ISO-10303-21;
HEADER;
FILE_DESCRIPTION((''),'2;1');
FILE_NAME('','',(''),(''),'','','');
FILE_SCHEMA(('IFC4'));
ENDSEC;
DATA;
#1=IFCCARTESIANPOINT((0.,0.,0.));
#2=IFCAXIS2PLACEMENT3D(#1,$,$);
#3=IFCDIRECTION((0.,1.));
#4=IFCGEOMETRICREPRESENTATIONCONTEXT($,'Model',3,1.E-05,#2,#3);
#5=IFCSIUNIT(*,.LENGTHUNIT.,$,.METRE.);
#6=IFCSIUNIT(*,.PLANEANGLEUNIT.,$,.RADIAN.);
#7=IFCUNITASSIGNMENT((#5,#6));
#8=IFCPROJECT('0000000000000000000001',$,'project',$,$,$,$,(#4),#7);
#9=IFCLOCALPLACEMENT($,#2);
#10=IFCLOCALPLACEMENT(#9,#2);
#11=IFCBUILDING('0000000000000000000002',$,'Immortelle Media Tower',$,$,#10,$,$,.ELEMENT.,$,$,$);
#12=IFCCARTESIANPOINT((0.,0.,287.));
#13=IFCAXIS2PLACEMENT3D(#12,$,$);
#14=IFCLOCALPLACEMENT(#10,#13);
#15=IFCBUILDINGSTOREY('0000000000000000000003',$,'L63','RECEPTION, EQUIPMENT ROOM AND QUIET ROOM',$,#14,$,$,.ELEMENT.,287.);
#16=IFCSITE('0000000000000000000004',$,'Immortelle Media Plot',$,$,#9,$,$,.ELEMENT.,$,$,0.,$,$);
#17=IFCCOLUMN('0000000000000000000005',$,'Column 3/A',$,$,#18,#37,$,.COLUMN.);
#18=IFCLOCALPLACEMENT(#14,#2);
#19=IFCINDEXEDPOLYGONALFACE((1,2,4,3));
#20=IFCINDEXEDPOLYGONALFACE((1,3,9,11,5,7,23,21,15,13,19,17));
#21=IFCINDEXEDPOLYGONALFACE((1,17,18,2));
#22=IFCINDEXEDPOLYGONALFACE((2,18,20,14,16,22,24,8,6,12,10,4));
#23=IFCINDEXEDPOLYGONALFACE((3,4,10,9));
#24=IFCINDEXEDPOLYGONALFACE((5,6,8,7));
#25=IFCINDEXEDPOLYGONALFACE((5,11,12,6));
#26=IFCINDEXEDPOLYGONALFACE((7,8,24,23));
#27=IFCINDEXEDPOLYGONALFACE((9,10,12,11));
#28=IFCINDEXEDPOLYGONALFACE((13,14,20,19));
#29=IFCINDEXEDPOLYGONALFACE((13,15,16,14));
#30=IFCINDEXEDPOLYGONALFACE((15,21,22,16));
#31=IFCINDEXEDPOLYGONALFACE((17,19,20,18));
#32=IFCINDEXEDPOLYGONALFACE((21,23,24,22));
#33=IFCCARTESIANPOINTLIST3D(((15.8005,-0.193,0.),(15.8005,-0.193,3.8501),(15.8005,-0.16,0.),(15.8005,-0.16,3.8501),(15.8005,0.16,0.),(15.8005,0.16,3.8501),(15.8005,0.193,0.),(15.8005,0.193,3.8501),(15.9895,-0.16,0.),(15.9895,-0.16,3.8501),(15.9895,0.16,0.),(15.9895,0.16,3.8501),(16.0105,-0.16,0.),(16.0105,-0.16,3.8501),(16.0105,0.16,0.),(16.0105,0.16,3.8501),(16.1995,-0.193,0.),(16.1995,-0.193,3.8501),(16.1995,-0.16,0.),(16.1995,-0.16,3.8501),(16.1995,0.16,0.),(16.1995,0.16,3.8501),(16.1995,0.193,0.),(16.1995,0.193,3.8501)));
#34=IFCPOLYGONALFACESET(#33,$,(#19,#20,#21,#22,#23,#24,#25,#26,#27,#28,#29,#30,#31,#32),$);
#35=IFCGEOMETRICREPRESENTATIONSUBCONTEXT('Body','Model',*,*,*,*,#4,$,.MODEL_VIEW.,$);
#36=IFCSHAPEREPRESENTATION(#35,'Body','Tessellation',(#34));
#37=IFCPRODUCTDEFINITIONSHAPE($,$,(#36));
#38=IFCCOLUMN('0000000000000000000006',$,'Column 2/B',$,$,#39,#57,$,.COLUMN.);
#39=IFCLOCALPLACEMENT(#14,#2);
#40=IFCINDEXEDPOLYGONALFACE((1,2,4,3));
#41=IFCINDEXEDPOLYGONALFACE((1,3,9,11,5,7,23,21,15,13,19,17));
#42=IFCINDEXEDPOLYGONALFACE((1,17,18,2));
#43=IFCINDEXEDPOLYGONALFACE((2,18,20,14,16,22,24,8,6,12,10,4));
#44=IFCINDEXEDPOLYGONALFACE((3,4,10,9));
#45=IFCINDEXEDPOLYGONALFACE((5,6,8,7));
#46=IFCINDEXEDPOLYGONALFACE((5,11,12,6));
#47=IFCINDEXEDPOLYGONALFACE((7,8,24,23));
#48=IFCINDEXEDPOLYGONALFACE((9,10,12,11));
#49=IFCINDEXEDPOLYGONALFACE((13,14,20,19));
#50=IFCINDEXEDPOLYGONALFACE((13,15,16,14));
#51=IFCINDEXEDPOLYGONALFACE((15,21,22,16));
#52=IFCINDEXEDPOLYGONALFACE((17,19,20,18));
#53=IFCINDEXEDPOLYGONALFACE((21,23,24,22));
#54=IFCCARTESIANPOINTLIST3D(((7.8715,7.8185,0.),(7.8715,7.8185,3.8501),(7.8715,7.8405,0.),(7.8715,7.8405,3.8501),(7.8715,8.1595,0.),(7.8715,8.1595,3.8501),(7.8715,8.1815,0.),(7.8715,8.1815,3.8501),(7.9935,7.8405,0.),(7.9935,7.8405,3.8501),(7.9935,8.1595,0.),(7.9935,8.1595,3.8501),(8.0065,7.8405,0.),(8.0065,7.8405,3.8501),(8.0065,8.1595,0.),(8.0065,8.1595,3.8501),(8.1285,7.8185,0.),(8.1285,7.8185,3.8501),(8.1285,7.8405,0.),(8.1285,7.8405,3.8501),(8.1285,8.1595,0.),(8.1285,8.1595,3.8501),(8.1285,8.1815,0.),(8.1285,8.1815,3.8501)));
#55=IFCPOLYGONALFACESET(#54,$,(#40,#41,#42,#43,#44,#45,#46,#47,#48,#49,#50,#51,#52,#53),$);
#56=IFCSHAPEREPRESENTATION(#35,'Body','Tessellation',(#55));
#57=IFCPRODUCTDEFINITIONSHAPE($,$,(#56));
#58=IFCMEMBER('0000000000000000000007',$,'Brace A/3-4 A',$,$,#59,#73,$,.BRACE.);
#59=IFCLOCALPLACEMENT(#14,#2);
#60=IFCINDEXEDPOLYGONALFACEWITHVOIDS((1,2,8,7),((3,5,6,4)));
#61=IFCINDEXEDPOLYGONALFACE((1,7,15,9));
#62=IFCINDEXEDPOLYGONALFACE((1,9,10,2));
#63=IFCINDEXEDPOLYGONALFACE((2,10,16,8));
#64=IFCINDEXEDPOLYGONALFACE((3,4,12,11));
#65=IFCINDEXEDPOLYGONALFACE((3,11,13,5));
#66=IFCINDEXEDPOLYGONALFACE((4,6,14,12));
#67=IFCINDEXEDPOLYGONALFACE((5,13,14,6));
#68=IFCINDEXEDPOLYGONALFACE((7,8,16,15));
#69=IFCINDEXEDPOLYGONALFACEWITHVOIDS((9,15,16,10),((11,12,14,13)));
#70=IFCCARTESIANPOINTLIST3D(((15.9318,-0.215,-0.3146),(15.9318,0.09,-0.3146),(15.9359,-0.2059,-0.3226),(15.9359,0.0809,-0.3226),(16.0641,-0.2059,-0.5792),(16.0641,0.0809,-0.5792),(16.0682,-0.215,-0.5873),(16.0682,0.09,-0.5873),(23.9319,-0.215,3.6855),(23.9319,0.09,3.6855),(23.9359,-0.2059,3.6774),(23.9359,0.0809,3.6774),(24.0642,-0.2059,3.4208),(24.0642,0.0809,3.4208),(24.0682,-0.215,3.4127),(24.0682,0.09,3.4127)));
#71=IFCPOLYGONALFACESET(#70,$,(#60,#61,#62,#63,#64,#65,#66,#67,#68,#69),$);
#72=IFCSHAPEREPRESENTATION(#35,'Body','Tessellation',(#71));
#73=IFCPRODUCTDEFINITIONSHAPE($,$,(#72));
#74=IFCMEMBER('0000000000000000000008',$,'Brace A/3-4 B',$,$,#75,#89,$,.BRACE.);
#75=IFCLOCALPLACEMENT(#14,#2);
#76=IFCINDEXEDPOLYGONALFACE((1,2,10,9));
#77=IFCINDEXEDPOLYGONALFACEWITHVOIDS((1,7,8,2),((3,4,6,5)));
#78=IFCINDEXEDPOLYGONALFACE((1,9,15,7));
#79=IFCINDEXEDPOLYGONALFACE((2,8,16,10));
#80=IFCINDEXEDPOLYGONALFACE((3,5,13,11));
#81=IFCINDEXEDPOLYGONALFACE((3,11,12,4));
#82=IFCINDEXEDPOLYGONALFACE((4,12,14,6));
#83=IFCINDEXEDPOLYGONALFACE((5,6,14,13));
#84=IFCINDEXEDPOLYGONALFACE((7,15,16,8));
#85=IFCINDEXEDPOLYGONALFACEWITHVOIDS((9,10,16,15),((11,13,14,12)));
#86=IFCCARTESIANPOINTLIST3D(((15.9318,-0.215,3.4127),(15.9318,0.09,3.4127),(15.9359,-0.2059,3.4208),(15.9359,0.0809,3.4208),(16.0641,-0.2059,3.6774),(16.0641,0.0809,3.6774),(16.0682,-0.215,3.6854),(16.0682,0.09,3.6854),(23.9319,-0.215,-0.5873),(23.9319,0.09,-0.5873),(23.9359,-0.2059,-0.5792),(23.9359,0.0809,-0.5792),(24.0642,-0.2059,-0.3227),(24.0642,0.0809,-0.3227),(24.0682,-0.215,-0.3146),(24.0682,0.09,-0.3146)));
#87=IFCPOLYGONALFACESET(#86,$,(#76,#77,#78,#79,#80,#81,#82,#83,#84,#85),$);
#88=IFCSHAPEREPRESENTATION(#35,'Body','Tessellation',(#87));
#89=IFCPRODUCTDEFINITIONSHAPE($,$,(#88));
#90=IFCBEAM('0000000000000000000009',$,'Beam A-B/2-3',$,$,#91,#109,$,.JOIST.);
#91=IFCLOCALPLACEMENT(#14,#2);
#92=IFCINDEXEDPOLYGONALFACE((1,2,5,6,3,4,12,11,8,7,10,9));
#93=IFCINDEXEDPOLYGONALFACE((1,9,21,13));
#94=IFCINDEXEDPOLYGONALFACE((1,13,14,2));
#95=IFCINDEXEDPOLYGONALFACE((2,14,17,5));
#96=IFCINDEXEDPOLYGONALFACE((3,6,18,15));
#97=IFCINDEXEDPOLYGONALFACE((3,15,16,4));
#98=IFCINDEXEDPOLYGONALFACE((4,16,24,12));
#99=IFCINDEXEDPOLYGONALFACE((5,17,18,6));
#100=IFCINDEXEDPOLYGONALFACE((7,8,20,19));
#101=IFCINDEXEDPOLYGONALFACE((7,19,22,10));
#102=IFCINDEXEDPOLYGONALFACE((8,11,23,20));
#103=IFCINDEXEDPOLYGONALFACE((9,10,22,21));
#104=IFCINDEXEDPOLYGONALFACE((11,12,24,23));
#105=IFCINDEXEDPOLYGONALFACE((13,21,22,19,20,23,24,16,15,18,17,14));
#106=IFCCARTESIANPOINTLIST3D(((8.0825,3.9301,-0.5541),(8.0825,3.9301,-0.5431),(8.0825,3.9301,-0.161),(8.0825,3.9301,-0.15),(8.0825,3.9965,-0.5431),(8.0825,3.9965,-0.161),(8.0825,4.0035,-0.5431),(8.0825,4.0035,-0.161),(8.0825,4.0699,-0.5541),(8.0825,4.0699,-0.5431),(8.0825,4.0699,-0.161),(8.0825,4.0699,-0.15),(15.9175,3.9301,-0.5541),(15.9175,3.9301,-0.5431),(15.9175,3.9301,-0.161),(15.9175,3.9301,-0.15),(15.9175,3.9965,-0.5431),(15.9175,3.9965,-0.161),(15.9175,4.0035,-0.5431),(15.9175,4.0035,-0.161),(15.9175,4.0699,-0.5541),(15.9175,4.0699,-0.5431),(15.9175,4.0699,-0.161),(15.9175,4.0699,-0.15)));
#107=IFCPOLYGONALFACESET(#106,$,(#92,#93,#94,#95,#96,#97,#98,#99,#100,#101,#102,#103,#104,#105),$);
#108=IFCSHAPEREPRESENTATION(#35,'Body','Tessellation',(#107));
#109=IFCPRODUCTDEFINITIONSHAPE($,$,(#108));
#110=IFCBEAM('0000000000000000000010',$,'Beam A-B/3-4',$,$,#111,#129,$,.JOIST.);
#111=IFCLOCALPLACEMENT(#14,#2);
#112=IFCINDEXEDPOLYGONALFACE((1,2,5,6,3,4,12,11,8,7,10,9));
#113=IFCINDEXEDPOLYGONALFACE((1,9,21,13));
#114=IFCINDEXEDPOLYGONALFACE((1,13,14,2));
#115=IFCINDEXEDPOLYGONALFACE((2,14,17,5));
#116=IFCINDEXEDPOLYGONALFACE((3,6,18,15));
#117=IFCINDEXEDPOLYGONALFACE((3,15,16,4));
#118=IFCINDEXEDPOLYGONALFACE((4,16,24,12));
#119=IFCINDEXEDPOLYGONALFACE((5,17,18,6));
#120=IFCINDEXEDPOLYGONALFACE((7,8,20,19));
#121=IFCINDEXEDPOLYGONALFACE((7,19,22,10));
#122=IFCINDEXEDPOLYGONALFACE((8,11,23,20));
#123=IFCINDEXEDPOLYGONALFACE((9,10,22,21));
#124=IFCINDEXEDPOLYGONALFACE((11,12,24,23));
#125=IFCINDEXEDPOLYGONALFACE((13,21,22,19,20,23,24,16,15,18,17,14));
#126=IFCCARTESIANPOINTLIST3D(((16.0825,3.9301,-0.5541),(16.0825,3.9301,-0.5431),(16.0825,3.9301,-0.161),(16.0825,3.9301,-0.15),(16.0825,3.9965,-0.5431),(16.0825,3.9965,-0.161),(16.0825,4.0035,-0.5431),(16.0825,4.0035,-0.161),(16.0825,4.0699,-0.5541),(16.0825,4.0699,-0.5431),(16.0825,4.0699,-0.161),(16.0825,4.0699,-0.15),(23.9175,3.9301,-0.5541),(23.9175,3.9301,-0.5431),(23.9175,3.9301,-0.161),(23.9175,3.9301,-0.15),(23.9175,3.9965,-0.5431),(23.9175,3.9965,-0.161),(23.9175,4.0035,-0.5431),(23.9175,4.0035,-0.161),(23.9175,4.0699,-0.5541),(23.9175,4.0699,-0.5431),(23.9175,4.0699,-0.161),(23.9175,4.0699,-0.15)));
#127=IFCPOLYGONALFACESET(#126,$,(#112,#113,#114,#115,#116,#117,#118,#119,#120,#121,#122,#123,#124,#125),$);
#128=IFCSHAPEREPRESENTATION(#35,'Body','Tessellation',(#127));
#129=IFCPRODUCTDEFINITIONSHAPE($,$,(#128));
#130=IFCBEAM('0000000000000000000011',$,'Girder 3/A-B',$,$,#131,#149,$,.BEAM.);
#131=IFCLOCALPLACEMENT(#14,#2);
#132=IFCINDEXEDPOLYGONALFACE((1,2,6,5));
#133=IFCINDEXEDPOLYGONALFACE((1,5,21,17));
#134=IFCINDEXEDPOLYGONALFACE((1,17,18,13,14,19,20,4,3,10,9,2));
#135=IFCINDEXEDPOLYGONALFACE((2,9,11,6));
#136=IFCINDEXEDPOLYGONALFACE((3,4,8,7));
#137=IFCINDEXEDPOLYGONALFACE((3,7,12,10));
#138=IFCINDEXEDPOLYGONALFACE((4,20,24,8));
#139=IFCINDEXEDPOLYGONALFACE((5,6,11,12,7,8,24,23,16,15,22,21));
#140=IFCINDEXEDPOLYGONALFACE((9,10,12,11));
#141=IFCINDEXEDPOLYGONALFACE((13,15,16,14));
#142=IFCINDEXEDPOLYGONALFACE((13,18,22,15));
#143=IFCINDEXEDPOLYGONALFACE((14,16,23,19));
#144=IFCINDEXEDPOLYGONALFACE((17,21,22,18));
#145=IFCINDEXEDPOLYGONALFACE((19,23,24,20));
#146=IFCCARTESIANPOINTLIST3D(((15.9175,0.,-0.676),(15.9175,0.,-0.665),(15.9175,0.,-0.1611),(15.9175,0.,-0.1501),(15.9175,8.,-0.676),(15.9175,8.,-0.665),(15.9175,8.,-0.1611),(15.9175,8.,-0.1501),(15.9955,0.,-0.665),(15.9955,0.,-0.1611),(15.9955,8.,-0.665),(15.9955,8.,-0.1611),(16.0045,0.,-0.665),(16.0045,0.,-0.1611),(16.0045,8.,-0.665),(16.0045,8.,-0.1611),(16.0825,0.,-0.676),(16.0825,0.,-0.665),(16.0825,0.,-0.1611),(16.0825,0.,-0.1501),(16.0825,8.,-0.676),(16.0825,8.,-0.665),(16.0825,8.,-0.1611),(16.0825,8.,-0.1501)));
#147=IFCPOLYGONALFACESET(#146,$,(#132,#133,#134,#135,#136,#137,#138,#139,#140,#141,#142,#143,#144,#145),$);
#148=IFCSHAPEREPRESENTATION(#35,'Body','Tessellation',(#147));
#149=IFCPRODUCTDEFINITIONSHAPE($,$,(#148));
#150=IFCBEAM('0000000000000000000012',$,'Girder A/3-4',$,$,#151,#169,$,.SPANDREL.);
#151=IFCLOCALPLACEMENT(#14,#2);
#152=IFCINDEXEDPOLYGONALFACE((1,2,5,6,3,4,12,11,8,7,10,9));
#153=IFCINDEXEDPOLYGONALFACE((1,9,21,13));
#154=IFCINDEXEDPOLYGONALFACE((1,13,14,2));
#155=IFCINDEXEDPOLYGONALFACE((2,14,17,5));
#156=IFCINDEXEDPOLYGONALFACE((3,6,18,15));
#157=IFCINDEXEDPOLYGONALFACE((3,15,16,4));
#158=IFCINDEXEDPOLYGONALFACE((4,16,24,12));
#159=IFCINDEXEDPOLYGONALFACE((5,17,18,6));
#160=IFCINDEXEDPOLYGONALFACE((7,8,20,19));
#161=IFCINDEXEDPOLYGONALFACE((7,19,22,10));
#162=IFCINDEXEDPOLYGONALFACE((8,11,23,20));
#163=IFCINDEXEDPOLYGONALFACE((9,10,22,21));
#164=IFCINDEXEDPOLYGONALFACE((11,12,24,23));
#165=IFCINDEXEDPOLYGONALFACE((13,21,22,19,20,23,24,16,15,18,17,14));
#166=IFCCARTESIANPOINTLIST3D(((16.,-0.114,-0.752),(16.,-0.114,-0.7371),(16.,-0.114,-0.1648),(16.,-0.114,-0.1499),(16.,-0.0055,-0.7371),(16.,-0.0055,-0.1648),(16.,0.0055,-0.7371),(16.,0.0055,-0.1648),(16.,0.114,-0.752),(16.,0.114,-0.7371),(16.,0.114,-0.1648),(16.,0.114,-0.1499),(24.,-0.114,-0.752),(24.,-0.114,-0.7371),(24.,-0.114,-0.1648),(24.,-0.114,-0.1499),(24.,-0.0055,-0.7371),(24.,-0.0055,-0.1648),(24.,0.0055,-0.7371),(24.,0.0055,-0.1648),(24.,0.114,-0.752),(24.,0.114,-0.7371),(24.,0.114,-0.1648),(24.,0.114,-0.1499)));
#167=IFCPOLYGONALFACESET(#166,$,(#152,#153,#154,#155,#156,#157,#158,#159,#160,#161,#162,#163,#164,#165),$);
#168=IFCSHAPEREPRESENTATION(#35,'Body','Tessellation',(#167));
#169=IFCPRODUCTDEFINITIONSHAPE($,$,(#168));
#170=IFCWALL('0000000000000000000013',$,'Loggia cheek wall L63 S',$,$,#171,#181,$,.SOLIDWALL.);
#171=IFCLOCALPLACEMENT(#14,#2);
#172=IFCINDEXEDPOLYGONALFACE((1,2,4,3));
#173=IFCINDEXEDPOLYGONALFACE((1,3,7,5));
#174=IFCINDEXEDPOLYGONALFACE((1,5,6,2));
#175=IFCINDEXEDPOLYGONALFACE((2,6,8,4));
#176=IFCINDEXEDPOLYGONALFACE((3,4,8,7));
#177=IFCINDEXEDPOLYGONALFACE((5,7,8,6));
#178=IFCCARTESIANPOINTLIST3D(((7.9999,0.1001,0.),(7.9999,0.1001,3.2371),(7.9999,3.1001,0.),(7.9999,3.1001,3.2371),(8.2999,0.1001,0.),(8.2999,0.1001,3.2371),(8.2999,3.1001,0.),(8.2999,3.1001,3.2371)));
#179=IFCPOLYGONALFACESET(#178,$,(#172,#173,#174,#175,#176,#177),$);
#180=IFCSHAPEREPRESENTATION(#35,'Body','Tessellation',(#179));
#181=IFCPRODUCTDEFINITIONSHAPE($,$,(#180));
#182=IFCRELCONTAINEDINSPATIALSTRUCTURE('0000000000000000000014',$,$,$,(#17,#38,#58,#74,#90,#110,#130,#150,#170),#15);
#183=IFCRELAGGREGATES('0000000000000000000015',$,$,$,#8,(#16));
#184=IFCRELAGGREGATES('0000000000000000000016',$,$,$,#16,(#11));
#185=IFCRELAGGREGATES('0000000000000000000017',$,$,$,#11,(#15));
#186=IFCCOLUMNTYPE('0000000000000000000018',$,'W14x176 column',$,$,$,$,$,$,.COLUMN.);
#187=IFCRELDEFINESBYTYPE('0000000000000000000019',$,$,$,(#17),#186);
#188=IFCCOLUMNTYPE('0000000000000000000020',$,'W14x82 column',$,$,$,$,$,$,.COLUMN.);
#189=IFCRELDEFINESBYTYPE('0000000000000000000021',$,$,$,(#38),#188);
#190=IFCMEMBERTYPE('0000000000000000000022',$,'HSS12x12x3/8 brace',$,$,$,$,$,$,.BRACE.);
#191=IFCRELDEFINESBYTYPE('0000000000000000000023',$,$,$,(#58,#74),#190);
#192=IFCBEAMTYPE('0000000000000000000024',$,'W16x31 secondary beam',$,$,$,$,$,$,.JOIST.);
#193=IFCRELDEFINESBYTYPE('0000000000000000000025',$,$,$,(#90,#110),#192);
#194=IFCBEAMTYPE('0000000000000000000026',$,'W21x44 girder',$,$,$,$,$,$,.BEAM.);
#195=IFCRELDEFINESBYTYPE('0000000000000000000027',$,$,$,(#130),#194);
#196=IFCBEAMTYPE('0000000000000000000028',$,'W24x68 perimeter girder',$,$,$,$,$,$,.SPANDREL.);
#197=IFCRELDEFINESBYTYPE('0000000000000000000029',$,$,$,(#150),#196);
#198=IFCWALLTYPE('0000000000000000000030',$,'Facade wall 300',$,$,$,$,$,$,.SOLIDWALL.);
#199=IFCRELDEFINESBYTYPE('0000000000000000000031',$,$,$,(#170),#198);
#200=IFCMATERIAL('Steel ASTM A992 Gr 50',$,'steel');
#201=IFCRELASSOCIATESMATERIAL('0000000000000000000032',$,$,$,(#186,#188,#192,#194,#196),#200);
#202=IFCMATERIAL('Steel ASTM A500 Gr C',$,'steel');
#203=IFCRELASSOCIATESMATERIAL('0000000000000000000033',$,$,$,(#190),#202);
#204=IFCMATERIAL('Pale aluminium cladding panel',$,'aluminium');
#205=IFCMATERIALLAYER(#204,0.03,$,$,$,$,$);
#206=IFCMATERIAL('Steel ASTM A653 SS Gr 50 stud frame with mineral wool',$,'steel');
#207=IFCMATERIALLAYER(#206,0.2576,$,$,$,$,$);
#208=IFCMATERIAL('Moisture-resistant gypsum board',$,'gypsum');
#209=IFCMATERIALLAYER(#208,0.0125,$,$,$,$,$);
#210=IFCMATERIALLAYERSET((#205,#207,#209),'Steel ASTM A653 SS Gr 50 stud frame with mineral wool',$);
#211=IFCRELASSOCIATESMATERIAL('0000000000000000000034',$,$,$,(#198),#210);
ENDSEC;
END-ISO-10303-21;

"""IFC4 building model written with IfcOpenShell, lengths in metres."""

from ifc_helpers import new_model, si_unit, direction, frame, frame_2d, origin, origin_2d, place, context, subcontext, project, spatial, rectangle, hollow_rectangle, i_section, extrude, material, layer, layer_set, material_profile, profile_set, type_object, element, save


model = new_model("IFC4")

# Units and contexts
model_context = context("Model", 3, precision=1e-05, world=origin(), true_north=direction((0.0, 1.0)))
body_context = subcontext(model_context, "Body", "Model", "MODEL_VIEW")
ifc_project = project(units=[si_unit("LENGTHUNIT", "METRE"), si_unit("PLANEANGLEUNIT", "RADIAN")], contexts=[model_context])

# Site, building, storey
site_placement = place(None, origin())
site = spatial("IfcSite", under=ifc_project, at=site_placement, Name="Immortelle Media Plot", CompositionType="ELEMENT", RefElevation=0.0)
building_placement = place(site_placement, origin())
building = spatial("IfcBuilding", under=site, at=building_placement, Name="Immortelle Media Tower", CompositionType="ELEMENT")
storey_placement = place(building_placement, frame((0.0, 0.0, 287.0)))
storey = spatial("IfcBuildingStorey", under=building, at=storey_placement, Name="L63", Description="RECEPTION, EQUIPMENT ROOM AND QUIET ROOM", CompositionType="ELEMENT", Elevation=287.0)

# Columns
ifc_material_1 = material(Name="Steel ASTM A992 Gr 50", Category="steel")
ifc_material_profile_1 = material_profile(ifc_material_1, i_section(OverallWidth=0.3989, OverallDepth=0.386, WebThickness=0.021, FlangeThickness=0.033, at=origin_2d()), Name="W14x176")
ifc_profile_set_1 = profile_set([ifc_material_profile_1], Name="Steel ASTM A992 Gr 50")
column_type_1 = type_object("IfcColumnType", Name="W14x176 column", PredefinedType="COLUMN", material=ifc_profile_set_1)
column_1_placement = place(storey_placement, frame((16.0, 0.0, 0.0), z_axis=(0.0, 0.0, 1.0), x_axis=(1.0, 0.0, 0.0)))
element("IfcColumn", 1, at=column_1_placement, inside=storey, type_object=column_type_1, Name="Column 3/A", PredefinedType="COLUMN", context=body_context, shape_type="SweptSolid", body=[
    extrude(i_section(OverallWidth=0.3989, OverallDepth=0.386, WebThickness=0.021, FlangeThickness=0.033, at=origin_2d()), origin(), (0.0, 0.0, 1.0), 3.8501),
])
ifc_material_profile_2 = material_profile(ifc_material_1, i_section(OverallWidth=0.2571, OverallDepth=0.363, WebThickness=0.0129, FlangeThickness=0.022, at=origin_2d()), Name="W14x82")
ifc_profile_set_2 = profile_set([ifc_material_profile_2], Name="Steel ASTM A992 Gr 50")
column_type_2 = type_object("IfcColumnType", Name="W14x82 column", PredefinedType="COLUMN", material=ifc_profile_set_2)
column_2_placement = place(storey_placement, frame((8.0, 8.0, 0.0), z_axis=(0.0, 0.0, 1.0), x_axis=(1.0, 0.0, 0.0)))
element("IfcColumn", 2, at=column_2_placement, inside=storey, type_object=column_type_2, Name="Column 2/B", PredefinedType="COLUMN", context=body_context, shape_type="SweptSolid", body=[
    extrude(i_section(OverallWidth=0.2571, OverallDepth=0.363, WebThickness=0.0129, FlangeThickness=0.022, at=origin_2d()), origin(), (0.0, 0.0, 1.0), 3.8501),
])

# Members
ifc_material_2 = material(Name="Steel ASTM A500 Gr C", Category="steel")
ifc_material_profile_3 = material_profile(ifc_material_2, hollow_rectangle(XDim=0.3049, YDim=0.3049, WallThickness=0.009, at=origin_2d()), Name="HSS12x12x3/8 brace")
ifc_profile_set_3 = profile_set([ifc_material_profile_3], Name="Steel ASTM A500 Gr C")
member_type = type_object("IfcMemberType", Name="HSS12x12x3/8 brace", PredefinedType="BRACE", material=ifc_profile_set_3)
for number, where, z_axis, x_axis, name in (
    (3, (16.0, -0.0625, -0.4509), (0.894427, 0.0, 0.447214), (0.0, 1.0, 0.0), "Brace A/3-4 A"),
    (4, (16.0, -0.0625, 3.5491), (0.894427, 0.0, -0.447214), (0.0, 1.0, 0.0), "Brace A/3-4 B"),
):
    element("IfcMember", number, at=place(storey_placement, frame(where, z_axis=z_axis, x_axis=x_axis)), inside=storey, type_object=member_type, Name=name, PredefinedType="BRACE", context=body_context, shape_type="SweptSolid", body=[
        extrude(hollow_rectangle(XDim=0.3049, YDim=0.3049, WallThickness=0.009, at=origin_2d()), origin(), (0.0, 0.0, 1.0), 8.9443),
    ])

# Beams
ifc_material_profile_4 = material_profile(ifc_material_1, i_section(OverallWidth=0.1399, OverallDepth=0.4041, WebThickness=0.0071, FlangeThickness=0.011, at=origin_2d()), Name="W16x31")
ifc_profile_set_4 = profile_set([ifc_material_profile_4], Name="Steel ASTM A992 Gr 50")
beam_type_1 = type_object("IfcBeamType", Name="W16x31 secondary beam", PredefinedType="JOIST", material=ifc_profile_set_4)
for number, where, z_axis, x_axis, name in (
    (5, (8.0825, 4.0, -0.3521), (1.0, 0.0, 0.0), (0.0, 1.0, 0.0), "Beam A-B/2-3"),
    (6, (16.0825, 4.0, -0.3521), (1.0, 0.0, 0.0), (0.0, 1.0, 0.0), "Beam A-B/3-4"),
):
    element("IfcBeam", number, at=place(storey_placement, frame(where, z_axis=z_axis, x_axis=x_axis)), inside=storey, type_object=beam_type_1, Name=name, PredefinedType="JOIST", context=body_context, shape_type="SweptSolid", body=[
        extrude(i_section(OverallWidth=0.1399, OverallDepth=0.4041, WebThickness=0.0071, FlangeThickness=0.011, at=origin_2d()), origin(), (0.0, 0.0, 1.0), 7.835),
    ])
ifc_material_profile_5 = material_profile(ifc_material_1, i_section(OverallWidth=0.165, OverallDepth=0.5259, WebThickness=0.009, FlangeThickness=0.011, at=origin_2d()), Name="W21x44")
ifc_profile_set_5 = profile_set([ifc_material_profile_5], Name="Steel ASTM A992 Gr 50")
beam_type_2 = type_object("IfcBeamType", Name="W21x44 girder", PredefinedType="BEAM", material=ifc_profile_set_5)
beam_1_placement = place(storey_placement, frame((16.0, 0.0, -0.4131), z_axis=(0.0, 1.0, 0.0), x_axis=(-1.0, 0.0, 0.0)))
element("IfcBeam", 7, at=beam_1_placement, inside=storey, type_object=beam_type_2, Name="Girder 3/A-B", PredefinedType="BEAM", context=body_context, shape_type="SweptSolid", body=[
    extrude(i_section(OverallWidth=0.165, OverallDepth=0.5259, WebThickness=0.009, FlangeThickness=0.011, at=origin_2d()), origin(), (0.0, 0.0, 1.0), 8.0),
])
ifc_material_profile_6 = material_profile(ifc_material_1, i_section(OverallWidth=0.228, OverallDepth=0.6021, WebThickness=0.011, FlangeThickness=0.0149, at=origin_2d()), Name="W24x68")
ifc_profile_set_6 = profile_set([ifc_material_profile_6], Name="Steel ASTM A992 Gr 50")
beam_type_3 = type_object("IfcBeamType", Name="W24x68 perimeter girder", PredefinedType="SPANDREL", material=ifc_profile_set_6)
beam_2_placement = place(storey_placement, frame((16.0, 0.0, -0.4509), z_axis=(1.0, 0.0, 0.0), x_axis=(0.0, 1.0, 0.0)))
element("IfcBeam", 8, at=beam_2_placement, inside=storey, type_object=beam_type_3, Name="Girder A/3-4", PredefinedType="SPANDREL", context=body_context, shape_type="SweptSolid", body=[
    extrude(i_section(OverallWidth=0.228, OverallDepth=0.6021, WebThickness=0.011, FlangeThickness=0.0149, at=origin_2d()), origin(), (0.0, 0.0, 1.0), 8.0),
])

# Shared definitions
ifc_material_3 = material(Name="Pale aluminium cladding panel", Category="aluminium")
ifc_layer_1 = layer(ifc_material_3, 0.03)
ifc_material_4 = material(Name="Steel ASTM A653 SS Gr 50 stud frame with mineral wool", Category="steel")
ifc_layer_2 = layer(ifc_material_4, 0.2576)
ifc_material_5 = material(Name="Moisture-resistant gypsum board", Category="gypsum")
ifc_layer_3 = layer(ifc_material_5, 0.0125)
ifc_layer_set_1 = layer_set([ifc_layer_1, ifc_layer_2, ifc_layer_3], Name="Steel ASTM A653 SS Gr 50 stud frame with mineral wool")
wall_type_1 = type_object("IfcWallType", Name="Facade wall 300", PredefinedType="SOLIDWALL", material=ifc_layer_set_1)

# Wall
wall_1_placement = place(storey_placement, frame((8.1499, 0.1001, 0.0), z_axis=(0.0, 0.0, 1.0), x_axis=(0.0, 1.0, 0.0)))
element("IfcWall", 9, at=wall_1_placement, inside=storey, type_object=wall_type_1, Name="Loggia cheek wall L63 S", PredefinedType="SOLIDWALL", context=body_context, shape_type="SweptSolid", body=[
    extrude(rectangle(XDim=3.0, YDim=0.3, at=frame_2d((1.5, 0.0))), origin(), (0.0, 0.0, 1.0), 3.2371),
])

save(model, "model.ifc")
